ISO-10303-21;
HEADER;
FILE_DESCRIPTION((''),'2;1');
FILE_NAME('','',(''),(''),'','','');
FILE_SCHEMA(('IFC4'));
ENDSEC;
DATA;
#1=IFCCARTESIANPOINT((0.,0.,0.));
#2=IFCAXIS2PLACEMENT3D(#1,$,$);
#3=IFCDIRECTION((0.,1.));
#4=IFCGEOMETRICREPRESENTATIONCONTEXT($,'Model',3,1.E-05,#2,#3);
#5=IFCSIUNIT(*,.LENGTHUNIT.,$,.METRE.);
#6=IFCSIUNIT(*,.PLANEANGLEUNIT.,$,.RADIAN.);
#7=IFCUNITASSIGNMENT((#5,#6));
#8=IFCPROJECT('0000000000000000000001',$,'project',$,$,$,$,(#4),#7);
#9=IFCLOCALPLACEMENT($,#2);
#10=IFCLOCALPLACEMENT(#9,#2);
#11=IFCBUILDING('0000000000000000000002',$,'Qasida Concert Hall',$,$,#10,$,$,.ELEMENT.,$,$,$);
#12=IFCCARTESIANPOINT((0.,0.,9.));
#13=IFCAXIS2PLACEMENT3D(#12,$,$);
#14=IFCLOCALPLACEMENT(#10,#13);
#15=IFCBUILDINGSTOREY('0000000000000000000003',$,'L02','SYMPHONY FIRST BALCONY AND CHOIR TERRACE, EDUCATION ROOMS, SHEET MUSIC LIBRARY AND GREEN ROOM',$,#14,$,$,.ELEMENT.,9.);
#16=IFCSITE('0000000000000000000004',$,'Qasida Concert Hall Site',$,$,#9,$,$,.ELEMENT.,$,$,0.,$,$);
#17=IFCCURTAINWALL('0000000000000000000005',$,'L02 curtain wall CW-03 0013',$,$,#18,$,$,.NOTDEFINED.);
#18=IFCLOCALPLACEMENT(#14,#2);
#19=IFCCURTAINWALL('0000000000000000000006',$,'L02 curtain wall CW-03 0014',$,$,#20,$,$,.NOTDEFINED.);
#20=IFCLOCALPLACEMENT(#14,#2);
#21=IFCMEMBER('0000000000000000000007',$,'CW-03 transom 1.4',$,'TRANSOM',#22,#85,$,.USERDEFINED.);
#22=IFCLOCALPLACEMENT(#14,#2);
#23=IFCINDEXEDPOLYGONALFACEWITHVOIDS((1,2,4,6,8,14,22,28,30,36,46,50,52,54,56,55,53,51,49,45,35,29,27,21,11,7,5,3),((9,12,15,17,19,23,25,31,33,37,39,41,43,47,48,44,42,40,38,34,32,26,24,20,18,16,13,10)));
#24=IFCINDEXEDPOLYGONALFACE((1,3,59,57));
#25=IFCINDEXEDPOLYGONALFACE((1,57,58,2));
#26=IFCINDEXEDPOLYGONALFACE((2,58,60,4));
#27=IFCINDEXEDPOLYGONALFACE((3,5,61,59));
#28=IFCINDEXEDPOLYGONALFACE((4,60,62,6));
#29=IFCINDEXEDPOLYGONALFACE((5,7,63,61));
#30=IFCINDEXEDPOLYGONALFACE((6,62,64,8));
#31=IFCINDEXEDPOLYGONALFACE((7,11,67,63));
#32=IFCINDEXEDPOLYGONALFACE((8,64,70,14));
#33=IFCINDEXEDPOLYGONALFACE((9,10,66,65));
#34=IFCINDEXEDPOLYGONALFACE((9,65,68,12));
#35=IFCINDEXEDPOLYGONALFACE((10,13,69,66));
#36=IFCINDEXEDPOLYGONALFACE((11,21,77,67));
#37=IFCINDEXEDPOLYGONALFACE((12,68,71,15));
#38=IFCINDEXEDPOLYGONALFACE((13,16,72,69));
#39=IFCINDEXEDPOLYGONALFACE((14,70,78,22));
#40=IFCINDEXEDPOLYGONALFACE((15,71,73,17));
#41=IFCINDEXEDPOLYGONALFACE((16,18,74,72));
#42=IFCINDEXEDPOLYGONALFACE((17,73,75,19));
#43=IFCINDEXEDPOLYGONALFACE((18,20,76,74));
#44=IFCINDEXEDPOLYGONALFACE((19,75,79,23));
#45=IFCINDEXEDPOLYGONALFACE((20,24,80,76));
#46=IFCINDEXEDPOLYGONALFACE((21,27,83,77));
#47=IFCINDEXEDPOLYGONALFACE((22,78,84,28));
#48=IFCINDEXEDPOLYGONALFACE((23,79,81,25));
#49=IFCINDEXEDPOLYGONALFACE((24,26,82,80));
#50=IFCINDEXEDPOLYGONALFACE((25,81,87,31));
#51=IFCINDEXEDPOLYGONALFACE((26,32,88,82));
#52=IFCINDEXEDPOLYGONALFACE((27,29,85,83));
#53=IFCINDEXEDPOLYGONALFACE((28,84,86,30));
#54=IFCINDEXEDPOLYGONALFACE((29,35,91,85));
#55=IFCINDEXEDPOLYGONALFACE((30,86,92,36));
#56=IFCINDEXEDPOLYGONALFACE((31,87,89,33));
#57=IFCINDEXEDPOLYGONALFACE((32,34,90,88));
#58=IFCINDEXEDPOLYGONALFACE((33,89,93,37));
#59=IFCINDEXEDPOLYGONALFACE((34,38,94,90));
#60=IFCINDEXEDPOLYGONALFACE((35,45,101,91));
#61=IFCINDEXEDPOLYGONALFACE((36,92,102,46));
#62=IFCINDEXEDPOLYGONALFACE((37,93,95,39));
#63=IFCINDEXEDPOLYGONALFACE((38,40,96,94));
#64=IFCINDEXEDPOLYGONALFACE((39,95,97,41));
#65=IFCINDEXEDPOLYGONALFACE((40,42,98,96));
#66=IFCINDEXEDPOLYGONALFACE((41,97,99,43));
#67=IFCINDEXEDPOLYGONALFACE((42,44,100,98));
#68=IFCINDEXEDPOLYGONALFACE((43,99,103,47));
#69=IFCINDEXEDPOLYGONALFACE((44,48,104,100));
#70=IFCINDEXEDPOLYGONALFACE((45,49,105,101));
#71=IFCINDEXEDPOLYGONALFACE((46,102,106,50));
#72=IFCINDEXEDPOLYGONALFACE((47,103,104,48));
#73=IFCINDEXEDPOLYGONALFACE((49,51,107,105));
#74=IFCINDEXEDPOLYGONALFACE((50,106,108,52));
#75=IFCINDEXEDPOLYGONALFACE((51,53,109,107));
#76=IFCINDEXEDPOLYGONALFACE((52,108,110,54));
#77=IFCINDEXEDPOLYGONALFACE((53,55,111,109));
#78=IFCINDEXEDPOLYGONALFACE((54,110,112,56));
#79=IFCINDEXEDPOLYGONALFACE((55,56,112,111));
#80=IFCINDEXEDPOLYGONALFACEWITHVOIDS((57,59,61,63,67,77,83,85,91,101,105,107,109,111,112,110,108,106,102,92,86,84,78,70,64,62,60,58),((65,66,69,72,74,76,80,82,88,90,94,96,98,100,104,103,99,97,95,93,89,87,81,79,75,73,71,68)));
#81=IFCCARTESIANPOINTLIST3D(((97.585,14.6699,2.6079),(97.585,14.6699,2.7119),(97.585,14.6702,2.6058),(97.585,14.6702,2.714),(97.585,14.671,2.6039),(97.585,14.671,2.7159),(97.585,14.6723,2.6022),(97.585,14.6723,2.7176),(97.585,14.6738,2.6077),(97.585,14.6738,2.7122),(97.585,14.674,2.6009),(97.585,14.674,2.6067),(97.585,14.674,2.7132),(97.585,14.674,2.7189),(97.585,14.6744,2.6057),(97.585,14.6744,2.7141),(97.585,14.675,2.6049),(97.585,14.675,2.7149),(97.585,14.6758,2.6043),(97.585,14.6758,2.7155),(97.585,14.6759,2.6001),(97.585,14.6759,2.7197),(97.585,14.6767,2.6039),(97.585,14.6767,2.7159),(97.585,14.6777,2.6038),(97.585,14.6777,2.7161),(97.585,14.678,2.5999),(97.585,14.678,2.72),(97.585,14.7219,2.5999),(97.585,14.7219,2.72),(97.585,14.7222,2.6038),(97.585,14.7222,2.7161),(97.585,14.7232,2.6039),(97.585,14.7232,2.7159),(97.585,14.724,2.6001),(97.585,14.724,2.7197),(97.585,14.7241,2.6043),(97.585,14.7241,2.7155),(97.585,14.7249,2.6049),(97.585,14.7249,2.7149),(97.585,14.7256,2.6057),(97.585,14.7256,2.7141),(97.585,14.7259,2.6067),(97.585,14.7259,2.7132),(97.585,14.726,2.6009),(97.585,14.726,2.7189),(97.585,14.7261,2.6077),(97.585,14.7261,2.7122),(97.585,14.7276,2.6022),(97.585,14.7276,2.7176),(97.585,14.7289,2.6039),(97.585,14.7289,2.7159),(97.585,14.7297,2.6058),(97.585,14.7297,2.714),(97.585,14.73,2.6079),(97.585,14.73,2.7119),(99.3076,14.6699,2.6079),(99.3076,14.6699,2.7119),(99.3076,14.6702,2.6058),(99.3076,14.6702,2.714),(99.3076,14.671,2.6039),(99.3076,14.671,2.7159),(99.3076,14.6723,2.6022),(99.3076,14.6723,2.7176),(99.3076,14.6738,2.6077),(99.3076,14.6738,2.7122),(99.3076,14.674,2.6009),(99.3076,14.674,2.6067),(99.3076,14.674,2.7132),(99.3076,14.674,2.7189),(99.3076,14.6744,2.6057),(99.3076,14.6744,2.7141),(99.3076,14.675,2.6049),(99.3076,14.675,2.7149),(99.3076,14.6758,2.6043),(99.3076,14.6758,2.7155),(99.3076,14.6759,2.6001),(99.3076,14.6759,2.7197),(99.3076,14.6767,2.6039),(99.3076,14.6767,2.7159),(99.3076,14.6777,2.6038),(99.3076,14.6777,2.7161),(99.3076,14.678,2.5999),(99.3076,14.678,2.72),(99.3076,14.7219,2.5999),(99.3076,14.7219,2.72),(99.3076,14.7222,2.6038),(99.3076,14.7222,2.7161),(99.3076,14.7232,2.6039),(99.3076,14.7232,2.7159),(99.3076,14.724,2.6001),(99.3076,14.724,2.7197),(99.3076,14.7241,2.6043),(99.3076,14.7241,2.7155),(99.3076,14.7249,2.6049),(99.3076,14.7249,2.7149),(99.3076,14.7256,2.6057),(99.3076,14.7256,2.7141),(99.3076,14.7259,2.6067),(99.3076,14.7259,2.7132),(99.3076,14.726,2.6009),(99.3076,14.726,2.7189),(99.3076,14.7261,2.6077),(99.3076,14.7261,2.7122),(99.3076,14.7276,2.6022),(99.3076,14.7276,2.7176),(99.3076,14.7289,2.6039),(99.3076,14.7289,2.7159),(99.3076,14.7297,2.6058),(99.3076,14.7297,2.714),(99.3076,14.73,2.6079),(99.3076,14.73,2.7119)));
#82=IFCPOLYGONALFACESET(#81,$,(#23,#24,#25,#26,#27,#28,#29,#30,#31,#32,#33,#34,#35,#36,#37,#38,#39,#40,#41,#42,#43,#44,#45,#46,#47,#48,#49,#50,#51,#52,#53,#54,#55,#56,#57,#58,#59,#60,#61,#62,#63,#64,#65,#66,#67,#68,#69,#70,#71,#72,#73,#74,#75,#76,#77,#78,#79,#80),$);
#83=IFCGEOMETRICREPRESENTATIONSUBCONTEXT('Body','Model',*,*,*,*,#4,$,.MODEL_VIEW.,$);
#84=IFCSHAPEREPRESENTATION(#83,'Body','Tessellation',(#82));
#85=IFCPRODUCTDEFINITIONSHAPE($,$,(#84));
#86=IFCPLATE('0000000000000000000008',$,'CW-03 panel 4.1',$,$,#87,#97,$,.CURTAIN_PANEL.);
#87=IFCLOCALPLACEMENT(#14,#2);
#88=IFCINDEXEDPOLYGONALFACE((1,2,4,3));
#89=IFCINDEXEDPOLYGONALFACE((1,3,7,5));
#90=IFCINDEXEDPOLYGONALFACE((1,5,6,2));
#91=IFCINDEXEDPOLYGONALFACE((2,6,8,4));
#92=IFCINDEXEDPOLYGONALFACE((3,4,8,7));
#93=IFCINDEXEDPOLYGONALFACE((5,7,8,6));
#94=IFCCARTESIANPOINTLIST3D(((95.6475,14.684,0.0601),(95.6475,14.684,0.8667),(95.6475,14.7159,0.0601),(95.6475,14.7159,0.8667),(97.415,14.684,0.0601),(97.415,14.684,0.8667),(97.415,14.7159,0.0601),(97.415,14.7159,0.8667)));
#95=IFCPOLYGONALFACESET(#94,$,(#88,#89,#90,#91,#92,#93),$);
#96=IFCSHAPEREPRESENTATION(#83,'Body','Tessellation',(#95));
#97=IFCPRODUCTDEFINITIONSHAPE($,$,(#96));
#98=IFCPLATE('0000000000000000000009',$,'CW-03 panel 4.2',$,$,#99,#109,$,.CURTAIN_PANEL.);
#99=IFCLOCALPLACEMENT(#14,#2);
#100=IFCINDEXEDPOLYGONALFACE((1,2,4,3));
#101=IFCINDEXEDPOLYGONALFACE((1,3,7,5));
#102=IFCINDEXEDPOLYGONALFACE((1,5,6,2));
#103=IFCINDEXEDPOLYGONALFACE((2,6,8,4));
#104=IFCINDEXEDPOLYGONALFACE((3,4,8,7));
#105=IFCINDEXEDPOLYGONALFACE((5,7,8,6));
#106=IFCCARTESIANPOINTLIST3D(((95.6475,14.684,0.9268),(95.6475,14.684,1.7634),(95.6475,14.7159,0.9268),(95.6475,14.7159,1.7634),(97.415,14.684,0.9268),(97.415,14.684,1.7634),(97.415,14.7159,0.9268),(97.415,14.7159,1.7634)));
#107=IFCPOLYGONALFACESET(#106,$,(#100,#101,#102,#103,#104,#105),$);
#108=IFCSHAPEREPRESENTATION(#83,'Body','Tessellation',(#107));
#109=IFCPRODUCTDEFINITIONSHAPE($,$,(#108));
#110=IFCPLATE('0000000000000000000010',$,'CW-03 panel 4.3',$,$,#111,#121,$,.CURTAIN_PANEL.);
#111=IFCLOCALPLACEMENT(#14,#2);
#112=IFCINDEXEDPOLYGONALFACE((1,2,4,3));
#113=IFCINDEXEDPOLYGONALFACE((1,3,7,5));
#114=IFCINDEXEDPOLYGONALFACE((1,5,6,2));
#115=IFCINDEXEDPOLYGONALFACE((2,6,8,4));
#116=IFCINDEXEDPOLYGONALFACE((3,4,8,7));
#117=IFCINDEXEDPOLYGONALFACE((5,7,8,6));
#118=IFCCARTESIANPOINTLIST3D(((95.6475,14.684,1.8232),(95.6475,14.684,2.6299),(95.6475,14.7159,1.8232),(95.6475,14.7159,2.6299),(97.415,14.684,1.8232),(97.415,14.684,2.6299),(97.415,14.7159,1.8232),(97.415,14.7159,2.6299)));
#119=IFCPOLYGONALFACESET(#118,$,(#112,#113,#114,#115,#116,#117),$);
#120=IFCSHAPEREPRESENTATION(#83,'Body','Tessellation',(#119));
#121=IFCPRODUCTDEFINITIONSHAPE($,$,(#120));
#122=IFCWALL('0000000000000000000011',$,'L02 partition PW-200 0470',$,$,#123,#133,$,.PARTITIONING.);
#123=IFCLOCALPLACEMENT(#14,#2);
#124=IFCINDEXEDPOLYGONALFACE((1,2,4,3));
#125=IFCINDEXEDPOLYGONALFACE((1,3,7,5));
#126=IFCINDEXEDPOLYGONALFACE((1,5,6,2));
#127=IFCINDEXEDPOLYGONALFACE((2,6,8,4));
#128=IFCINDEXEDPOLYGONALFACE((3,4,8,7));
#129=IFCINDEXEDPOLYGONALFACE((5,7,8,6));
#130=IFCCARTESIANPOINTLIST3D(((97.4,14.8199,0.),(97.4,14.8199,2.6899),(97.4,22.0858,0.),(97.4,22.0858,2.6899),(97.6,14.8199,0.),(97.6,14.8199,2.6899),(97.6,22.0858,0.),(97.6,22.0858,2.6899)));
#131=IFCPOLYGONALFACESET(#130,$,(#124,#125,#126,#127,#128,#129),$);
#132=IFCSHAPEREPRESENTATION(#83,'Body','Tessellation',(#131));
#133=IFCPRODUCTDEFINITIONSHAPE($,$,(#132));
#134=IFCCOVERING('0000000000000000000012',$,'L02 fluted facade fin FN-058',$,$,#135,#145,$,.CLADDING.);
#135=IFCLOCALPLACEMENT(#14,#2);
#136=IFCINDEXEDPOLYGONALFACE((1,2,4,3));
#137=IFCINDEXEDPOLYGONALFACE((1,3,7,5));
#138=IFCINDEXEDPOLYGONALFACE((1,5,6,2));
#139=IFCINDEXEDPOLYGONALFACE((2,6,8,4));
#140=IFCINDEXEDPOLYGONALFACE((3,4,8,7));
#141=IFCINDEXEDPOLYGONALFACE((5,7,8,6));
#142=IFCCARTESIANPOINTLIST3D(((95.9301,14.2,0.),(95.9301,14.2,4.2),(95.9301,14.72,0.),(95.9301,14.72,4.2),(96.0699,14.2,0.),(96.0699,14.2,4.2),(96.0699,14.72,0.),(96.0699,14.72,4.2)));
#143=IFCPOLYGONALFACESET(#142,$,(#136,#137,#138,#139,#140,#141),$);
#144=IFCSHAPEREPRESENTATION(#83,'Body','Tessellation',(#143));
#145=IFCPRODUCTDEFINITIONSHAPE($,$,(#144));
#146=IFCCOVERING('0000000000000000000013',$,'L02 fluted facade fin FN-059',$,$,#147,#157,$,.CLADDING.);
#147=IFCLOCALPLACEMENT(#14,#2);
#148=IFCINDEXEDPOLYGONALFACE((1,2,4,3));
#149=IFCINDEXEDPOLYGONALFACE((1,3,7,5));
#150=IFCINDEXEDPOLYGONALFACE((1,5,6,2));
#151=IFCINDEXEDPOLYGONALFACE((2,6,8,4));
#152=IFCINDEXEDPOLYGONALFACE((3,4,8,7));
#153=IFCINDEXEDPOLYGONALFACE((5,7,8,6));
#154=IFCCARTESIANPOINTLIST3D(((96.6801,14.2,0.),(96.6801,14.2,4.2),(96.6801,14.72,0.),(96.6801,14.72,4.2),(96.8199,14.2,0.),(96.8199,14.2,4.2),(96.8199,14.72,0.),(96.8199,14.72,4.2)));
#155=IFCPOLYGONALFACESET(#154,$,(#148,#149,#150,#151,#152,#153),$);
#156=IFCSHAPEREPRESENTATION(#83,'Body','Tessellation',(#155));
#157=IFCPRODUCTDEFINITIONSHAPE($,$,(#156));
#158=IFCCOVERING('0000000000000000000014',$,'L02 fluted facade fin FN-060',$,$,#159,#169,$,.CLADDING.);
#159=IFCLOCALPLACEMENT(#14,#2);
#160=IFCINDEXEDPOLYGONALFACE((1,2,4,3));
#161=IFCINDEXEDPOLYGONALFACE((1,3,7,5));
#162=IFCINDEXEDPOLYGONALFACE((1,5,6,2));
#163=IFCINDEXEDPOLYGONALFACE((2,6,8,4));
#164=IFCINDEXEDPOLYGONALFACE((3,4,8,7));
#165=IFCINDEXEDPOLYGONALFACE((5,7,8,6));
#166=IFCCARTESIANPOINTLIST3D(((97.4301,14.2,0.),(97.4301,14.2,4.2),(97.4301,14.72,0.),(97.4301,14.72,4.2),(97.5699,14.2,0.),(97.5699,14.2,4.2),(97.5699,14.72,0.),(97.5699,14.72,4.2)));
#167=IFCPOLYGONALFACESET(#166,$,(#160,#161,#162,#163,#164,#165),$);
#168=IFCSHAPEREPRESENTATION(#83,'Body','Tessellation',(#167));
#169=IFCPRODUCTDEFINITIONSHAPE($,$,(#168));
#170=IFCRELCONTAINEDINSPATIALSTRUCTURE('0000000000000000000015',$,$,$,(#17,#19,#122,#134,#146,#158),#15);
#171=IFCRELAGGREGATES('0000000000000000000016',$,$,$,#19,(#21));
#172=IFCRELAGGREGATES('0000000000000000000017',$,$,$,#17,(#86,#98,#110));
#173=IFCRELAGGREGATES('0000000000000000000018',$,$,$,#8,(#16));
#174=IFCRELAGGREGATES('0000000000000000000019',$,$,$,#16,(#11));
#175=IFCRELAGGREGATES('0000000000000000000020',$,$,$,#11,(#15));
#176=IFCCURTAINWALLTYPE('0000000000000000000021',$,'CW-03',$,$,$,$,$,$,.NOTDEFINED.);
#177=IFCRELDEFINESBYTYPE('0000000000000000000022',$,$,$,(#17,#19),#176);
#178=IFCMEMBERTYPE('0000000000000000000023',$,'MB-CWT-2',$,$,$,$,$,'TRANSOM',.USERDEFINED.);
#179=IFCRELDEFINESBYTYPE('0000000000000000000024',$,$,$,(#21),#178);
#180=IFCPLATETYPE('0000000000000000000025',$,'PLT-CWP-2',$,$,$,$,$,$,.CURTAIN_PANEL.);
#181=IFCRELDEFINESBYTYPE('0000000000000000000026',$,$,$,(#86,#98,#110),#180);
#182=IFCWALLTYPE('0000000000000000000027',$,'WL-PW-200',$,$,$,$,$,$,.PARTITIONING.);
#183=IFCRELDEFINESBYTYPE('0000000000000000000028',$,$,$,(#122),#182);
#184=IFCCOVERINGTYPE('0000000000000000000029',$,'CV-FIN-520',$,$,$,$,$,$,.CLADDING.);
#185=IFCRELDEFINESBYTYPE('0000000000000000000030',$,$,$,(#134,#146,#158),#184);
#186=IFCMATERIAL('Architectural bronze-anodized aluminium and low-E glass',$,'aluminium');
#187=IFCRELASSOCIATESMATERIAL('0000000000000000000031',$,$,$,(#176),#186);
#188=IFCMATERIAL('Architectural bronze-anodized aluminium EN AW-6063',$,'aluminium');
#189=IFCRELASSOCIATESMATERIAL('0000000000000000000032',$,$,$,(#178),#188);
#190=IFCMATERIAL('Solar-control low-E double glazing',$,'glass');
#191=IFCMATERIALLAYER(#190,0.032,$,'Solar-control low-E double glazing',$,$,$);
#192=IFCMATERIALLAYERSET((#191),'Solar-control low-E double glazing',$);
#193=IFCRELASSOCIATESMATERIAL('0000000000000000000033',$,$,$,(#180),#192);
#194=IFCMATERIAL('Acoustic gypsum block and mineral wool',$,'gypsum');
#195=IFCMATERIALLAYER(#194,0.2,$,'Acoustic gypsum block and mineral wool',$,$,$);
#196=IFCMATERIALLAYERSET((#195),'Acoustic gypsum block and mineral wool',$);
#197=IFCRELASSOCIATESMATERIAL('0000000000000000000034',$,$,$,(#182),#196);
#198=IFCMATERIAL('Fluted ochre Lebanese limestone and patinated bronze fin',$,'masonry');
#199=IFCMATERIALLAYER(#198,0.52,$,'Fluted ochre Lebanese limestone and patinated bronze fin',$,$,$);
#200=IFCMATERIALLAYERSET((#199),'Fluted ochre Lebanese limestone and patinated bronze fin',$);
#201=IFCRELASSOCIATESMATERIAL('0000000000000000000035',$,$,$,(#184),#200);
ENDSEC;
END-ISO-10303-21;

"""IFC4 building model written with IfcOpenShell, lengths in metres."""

from ifc_helpers import new_model, si_unit, direction, frame, frame_2d, origin, origin_2d, place, context, subcontext, project, spatial, rectangle, hollow_rectangle, extrude, material, layer, layer_set, material_profile, profile_set, type_object, element, aggregate, save


model = new_model("IFC4")

# Units and contexts
model_context = context("Model", 3, precision=1e-05, world=origin(), true_north=direction((0.0, 1.0)))
body_context = subcontext(model_context, "Body", "Model", "MODEL_VIEW")
ifc_project = project(units=[si_unit("LENGTHUNIT", "METRE"), si_unit("PLANEANGLEUNIT", "RADIAN")], contexts=[model_context])

# Site, building, storey
site_placement = place(None, origin())
site = spatial("IfcSite", under=ifc_project, at=site_placement, Name="Qasida Concert Hall Site", CompositionType="ELEMENT", RefElevation=0.0)
building_placement = place(site_placement, origin())
building = spatial("IfcBuilding", under=site, at=building_placement, Name="Qasida Concert Hall", CompositionType="ELEMENT")
storey_placement = place(building_placement, frame((0.0, 0.0, 9.0)))
storey = spatial("IfcBuildingStorey", under=building, at=storey_placement, Name="L02", Description="SYMPHONY FIRST BALCONY AND CHOIR TERRACE, EDUCATION ROOMS, SHEET MUSIC LIBRARY AND GREEN ROOM", CompositionType="ELEMENT", Elevation=9.0)

# Curtain wall
ifc_material_1 = material(Name="Architectural bronze-anodized aluminium and low-E glass", Category="aluminium")
curtain_wall_type = type_object("IfcCurtainWallType", Name="CW-03", PredefinedType="NOTDEFINED", material=ifc_material_1)
curtain_wall_1_placement = place(storey_placement, origin())
curtain_wall_1 = element("IfcCurtainWall", 1, at=curtain_wall_1_placement, inside=storey, type_object=curtain_wall_type, Name="L02 curtain wall CW-03 0013", PredefinedType="NOTDEFINED")
ifc_material_2 = material(Name="Architectural bronze-anodized aluminium EN AW-6063", Category="aluminium")

# Curtain wall
curtain_wall_2_placement = place(storey_placement, origin())
curtain_wall_2 = element("IfcCurtainWall", 2, at=curtain_wall_2_placement, inside=storey, type_object=curtain_wall_type, Name="L02 curtain wall CW-03 0014", PredefinedType="NOTDEFINED")

# Member
ifc_material_profile_1 = material_profile(ifc_material_2, hollow_rectangle(XDim=0.0601, YDim=0.1201, WallThickness=0.0039, InnerFilletRadius=0.0039, OuterFilletRadius=0.0081, at=origin_2d()), Name="CWT 120x60x4")
ifc_profile_set_1 = profile_set([ifc_material_profile_1], Name="Architectural bronze-anodized aluminium EN AW-6063")
member_type_1 = type_object("IfcMemberType", Name="MB-CWT-2", ElementType="TRANSOM", PredefinedType="USERDEFINED", material=ifc_profile_set_1)
member_1_placement = place(storey_placement, frame((97.585, 14.7, 2.6599), z_axis=(1.0, 0.0, 0.0), x_axis=(0.0, 1.0, 0.0)))
member_1 = element("IfcMember", 3, at=member_1_placement, type_object=member_type_1, Name="CW-03 transom 1.4", ObjectType="TRANSOM", PredefinedType="USERDEFINED", context=body_context, shape_type="SweptSolid", body=[
    extrude(hollow_rectangle(XDim=0.0601, YDim=0.1201, WallThickness=0.0039, InnerFilletRadius=0.0039, OuterFilletRadius=0.0081, at=origin_2d()), origin(), (0.0, 0.0, 1.0), 1.7227),
])
aggregate(curtain_wall_2, [member_1])

# Plates
ifc_material_3 = material(Name="Solar-control low-E double glazing", Category="glass")
ifc_layer_1 = layer(ifc_material_3, 0.032, Name="Solar-control low-E double glazing")
ifc_layer_set_1 = layer_set([ifc_layer_1], Name="Solar-control low-E double glazing")
plate_type = type_object("IfcPlateType", Name="PLT-CWP-2", PredefinedType="CURTAIN_PANEL", material=ifc_layer_set_1)
plate_1_placement = place(storey_placement, frame((96.5312, 14.7, 0.0601), z_axis=(0.0, 0.0, 1.0), x_axis=(1.0, 0.0, 0.0)))
plate_1 = element("IfcPlate", 4, at=plate_1_placement, type_object=plate_type, Name="CW-03 panel 4.1", PredefinedType="CURTAIN_PANEL", context=body_context, shape_type="SweptSolid", body=[
    extrude(rectangle(XDim=1.7676, YDim=0.032, at=origin_2d()), origin(), (0.0, 0.0, 1.0), 0.8066),
])
plate_2_placement = place(storey_placement, frame((96.5312, 14.7, 0.9268), z_axis=(0.0, 0.0, 1.0), x_axis=(1.0, 0.0, 0.0)))
plate_2 = element("IfcPlate", 5, at=plate_2_placement, type_object=plate_type, Name="CW-03 panel 4.2", PredefinedType="CURTAIN_PANEL", context=body_context, shape_type="SweptSolid", body=[
    extrude(rectangle(XDim=1.7676, YDim=0.032, at=origin_2d()), origin(), (0.0, 0.0, 1.0), 0.8367),
])
plate_3_placement = place(storey_placement, frame((96.5312, 14.7, 1.8232), z_axis=(0.0, 0.0, 1.0), x_axis=(1.0, 0.0, 0.0)))
plate_3 = element("IfcPlate", 6, at=plate_3_placement, type_object=plate_type, Name="CW-03 panel 4.3", PredefinedType="CURTAIN_PANEL", context=body_context, shape_type="SweptSolid", body=[
    extrude(rectangle(XDim=1.7676, YDim=0.032, at=origin_2d()), origin(), (0.0, 0.0, 1.0), 0.8066),
])
aggregate(curtain_wall_1, [plate_1, plate_2, plate_3])

# Wall
ifc_material_4 = material(Name="Acoustic gypsum block and mineral wool", Category="gypsum")
ifc_layer_2 = layer(ifc_material_4, 0.2, Name="Acoustic gypsum block and mineral wool")
ifc_layer_set_2 = layer_set([ifc_layer_2], Name="Acoustic gypsum block and mineral wool")
wall_type = type_object("IfcWallType", Name="WL-PW-200", PredefinedType="PARTITIONING", material=ifc_layer_set_2)
wall_placement = place(storey_placement, frame((97.5, 14.8201, 0.0), z_axis=(0.0, 0.0, 1.0), x_axis=(0.0, 1.0, 0.0)))
element("IfcWall", 7, at=wall_placement, inside=storey, type_object=wall_type, Name="L02 partition PW-200 0470", PredefinedType="PARTITIONING", context=body_context, shape_type="SweptSolid", body=[
    extrude(rectangle(XDim=7.2659, YDim=0.2, at=frame_2d((3.6328, 0.0))), origin(), (0.0, 0.0, 1.0), 2.6899),
])

# Coverings
ifc_material_5 = material(Name="Fluted ochre Lebanese limestone and patinated bronze fin", Category="masonry")
ifc_layer_3 = layer(ifc_material_5, 0.52, Name="Fluted ochre Lebanese limestone and patinated bronze fin")
ifc_layer_set_3 = layer_set([ifc_layer_3], Name="Fluted ochre Lebanese limestone and patinated bronze fin")
covering_type = type_object("IfcCoveringType", Name="CV-FIN-520", PredefinedType="CLADDING", material=ifc_layer_set_3)
for number, where, z_axis, x_axis, name in (
    (8, (96.0, 14.46, 0.0), (0.0, 0.0, 1.0), (1.0, 0.0, 0.0), "L02 fluted facade fin FN-058"),
    (9, (96.75, 14.46, 0.0), (0.0, 0.0, 1.0), (1.0, 0.0, 0.0), "L02 fluted facade fin FN-059"),
    (10, (97.5, 14.46, 0.0), (0.0, 0.0, 1.0), (1.0, 0.0, 0.0), "L02 fluted facade fin FN-060"),
):
    element("IfcCovering", number, at=place(storey_placement, frame(where, z_axis=z_axis, x_axis=x_axis)), inside=storey, type_object=covering_type, Name=name, PredefinedType="CLADDING", context=body_context, shape_type="SweptSolid", body=[
        extrude(rectangle(XDim=0.1399, YDim=0.52, at=origin_2d()), origin(), (0.0, 0.0, 1.0), 4.2),
    ])

save(model, "model.ifc")
